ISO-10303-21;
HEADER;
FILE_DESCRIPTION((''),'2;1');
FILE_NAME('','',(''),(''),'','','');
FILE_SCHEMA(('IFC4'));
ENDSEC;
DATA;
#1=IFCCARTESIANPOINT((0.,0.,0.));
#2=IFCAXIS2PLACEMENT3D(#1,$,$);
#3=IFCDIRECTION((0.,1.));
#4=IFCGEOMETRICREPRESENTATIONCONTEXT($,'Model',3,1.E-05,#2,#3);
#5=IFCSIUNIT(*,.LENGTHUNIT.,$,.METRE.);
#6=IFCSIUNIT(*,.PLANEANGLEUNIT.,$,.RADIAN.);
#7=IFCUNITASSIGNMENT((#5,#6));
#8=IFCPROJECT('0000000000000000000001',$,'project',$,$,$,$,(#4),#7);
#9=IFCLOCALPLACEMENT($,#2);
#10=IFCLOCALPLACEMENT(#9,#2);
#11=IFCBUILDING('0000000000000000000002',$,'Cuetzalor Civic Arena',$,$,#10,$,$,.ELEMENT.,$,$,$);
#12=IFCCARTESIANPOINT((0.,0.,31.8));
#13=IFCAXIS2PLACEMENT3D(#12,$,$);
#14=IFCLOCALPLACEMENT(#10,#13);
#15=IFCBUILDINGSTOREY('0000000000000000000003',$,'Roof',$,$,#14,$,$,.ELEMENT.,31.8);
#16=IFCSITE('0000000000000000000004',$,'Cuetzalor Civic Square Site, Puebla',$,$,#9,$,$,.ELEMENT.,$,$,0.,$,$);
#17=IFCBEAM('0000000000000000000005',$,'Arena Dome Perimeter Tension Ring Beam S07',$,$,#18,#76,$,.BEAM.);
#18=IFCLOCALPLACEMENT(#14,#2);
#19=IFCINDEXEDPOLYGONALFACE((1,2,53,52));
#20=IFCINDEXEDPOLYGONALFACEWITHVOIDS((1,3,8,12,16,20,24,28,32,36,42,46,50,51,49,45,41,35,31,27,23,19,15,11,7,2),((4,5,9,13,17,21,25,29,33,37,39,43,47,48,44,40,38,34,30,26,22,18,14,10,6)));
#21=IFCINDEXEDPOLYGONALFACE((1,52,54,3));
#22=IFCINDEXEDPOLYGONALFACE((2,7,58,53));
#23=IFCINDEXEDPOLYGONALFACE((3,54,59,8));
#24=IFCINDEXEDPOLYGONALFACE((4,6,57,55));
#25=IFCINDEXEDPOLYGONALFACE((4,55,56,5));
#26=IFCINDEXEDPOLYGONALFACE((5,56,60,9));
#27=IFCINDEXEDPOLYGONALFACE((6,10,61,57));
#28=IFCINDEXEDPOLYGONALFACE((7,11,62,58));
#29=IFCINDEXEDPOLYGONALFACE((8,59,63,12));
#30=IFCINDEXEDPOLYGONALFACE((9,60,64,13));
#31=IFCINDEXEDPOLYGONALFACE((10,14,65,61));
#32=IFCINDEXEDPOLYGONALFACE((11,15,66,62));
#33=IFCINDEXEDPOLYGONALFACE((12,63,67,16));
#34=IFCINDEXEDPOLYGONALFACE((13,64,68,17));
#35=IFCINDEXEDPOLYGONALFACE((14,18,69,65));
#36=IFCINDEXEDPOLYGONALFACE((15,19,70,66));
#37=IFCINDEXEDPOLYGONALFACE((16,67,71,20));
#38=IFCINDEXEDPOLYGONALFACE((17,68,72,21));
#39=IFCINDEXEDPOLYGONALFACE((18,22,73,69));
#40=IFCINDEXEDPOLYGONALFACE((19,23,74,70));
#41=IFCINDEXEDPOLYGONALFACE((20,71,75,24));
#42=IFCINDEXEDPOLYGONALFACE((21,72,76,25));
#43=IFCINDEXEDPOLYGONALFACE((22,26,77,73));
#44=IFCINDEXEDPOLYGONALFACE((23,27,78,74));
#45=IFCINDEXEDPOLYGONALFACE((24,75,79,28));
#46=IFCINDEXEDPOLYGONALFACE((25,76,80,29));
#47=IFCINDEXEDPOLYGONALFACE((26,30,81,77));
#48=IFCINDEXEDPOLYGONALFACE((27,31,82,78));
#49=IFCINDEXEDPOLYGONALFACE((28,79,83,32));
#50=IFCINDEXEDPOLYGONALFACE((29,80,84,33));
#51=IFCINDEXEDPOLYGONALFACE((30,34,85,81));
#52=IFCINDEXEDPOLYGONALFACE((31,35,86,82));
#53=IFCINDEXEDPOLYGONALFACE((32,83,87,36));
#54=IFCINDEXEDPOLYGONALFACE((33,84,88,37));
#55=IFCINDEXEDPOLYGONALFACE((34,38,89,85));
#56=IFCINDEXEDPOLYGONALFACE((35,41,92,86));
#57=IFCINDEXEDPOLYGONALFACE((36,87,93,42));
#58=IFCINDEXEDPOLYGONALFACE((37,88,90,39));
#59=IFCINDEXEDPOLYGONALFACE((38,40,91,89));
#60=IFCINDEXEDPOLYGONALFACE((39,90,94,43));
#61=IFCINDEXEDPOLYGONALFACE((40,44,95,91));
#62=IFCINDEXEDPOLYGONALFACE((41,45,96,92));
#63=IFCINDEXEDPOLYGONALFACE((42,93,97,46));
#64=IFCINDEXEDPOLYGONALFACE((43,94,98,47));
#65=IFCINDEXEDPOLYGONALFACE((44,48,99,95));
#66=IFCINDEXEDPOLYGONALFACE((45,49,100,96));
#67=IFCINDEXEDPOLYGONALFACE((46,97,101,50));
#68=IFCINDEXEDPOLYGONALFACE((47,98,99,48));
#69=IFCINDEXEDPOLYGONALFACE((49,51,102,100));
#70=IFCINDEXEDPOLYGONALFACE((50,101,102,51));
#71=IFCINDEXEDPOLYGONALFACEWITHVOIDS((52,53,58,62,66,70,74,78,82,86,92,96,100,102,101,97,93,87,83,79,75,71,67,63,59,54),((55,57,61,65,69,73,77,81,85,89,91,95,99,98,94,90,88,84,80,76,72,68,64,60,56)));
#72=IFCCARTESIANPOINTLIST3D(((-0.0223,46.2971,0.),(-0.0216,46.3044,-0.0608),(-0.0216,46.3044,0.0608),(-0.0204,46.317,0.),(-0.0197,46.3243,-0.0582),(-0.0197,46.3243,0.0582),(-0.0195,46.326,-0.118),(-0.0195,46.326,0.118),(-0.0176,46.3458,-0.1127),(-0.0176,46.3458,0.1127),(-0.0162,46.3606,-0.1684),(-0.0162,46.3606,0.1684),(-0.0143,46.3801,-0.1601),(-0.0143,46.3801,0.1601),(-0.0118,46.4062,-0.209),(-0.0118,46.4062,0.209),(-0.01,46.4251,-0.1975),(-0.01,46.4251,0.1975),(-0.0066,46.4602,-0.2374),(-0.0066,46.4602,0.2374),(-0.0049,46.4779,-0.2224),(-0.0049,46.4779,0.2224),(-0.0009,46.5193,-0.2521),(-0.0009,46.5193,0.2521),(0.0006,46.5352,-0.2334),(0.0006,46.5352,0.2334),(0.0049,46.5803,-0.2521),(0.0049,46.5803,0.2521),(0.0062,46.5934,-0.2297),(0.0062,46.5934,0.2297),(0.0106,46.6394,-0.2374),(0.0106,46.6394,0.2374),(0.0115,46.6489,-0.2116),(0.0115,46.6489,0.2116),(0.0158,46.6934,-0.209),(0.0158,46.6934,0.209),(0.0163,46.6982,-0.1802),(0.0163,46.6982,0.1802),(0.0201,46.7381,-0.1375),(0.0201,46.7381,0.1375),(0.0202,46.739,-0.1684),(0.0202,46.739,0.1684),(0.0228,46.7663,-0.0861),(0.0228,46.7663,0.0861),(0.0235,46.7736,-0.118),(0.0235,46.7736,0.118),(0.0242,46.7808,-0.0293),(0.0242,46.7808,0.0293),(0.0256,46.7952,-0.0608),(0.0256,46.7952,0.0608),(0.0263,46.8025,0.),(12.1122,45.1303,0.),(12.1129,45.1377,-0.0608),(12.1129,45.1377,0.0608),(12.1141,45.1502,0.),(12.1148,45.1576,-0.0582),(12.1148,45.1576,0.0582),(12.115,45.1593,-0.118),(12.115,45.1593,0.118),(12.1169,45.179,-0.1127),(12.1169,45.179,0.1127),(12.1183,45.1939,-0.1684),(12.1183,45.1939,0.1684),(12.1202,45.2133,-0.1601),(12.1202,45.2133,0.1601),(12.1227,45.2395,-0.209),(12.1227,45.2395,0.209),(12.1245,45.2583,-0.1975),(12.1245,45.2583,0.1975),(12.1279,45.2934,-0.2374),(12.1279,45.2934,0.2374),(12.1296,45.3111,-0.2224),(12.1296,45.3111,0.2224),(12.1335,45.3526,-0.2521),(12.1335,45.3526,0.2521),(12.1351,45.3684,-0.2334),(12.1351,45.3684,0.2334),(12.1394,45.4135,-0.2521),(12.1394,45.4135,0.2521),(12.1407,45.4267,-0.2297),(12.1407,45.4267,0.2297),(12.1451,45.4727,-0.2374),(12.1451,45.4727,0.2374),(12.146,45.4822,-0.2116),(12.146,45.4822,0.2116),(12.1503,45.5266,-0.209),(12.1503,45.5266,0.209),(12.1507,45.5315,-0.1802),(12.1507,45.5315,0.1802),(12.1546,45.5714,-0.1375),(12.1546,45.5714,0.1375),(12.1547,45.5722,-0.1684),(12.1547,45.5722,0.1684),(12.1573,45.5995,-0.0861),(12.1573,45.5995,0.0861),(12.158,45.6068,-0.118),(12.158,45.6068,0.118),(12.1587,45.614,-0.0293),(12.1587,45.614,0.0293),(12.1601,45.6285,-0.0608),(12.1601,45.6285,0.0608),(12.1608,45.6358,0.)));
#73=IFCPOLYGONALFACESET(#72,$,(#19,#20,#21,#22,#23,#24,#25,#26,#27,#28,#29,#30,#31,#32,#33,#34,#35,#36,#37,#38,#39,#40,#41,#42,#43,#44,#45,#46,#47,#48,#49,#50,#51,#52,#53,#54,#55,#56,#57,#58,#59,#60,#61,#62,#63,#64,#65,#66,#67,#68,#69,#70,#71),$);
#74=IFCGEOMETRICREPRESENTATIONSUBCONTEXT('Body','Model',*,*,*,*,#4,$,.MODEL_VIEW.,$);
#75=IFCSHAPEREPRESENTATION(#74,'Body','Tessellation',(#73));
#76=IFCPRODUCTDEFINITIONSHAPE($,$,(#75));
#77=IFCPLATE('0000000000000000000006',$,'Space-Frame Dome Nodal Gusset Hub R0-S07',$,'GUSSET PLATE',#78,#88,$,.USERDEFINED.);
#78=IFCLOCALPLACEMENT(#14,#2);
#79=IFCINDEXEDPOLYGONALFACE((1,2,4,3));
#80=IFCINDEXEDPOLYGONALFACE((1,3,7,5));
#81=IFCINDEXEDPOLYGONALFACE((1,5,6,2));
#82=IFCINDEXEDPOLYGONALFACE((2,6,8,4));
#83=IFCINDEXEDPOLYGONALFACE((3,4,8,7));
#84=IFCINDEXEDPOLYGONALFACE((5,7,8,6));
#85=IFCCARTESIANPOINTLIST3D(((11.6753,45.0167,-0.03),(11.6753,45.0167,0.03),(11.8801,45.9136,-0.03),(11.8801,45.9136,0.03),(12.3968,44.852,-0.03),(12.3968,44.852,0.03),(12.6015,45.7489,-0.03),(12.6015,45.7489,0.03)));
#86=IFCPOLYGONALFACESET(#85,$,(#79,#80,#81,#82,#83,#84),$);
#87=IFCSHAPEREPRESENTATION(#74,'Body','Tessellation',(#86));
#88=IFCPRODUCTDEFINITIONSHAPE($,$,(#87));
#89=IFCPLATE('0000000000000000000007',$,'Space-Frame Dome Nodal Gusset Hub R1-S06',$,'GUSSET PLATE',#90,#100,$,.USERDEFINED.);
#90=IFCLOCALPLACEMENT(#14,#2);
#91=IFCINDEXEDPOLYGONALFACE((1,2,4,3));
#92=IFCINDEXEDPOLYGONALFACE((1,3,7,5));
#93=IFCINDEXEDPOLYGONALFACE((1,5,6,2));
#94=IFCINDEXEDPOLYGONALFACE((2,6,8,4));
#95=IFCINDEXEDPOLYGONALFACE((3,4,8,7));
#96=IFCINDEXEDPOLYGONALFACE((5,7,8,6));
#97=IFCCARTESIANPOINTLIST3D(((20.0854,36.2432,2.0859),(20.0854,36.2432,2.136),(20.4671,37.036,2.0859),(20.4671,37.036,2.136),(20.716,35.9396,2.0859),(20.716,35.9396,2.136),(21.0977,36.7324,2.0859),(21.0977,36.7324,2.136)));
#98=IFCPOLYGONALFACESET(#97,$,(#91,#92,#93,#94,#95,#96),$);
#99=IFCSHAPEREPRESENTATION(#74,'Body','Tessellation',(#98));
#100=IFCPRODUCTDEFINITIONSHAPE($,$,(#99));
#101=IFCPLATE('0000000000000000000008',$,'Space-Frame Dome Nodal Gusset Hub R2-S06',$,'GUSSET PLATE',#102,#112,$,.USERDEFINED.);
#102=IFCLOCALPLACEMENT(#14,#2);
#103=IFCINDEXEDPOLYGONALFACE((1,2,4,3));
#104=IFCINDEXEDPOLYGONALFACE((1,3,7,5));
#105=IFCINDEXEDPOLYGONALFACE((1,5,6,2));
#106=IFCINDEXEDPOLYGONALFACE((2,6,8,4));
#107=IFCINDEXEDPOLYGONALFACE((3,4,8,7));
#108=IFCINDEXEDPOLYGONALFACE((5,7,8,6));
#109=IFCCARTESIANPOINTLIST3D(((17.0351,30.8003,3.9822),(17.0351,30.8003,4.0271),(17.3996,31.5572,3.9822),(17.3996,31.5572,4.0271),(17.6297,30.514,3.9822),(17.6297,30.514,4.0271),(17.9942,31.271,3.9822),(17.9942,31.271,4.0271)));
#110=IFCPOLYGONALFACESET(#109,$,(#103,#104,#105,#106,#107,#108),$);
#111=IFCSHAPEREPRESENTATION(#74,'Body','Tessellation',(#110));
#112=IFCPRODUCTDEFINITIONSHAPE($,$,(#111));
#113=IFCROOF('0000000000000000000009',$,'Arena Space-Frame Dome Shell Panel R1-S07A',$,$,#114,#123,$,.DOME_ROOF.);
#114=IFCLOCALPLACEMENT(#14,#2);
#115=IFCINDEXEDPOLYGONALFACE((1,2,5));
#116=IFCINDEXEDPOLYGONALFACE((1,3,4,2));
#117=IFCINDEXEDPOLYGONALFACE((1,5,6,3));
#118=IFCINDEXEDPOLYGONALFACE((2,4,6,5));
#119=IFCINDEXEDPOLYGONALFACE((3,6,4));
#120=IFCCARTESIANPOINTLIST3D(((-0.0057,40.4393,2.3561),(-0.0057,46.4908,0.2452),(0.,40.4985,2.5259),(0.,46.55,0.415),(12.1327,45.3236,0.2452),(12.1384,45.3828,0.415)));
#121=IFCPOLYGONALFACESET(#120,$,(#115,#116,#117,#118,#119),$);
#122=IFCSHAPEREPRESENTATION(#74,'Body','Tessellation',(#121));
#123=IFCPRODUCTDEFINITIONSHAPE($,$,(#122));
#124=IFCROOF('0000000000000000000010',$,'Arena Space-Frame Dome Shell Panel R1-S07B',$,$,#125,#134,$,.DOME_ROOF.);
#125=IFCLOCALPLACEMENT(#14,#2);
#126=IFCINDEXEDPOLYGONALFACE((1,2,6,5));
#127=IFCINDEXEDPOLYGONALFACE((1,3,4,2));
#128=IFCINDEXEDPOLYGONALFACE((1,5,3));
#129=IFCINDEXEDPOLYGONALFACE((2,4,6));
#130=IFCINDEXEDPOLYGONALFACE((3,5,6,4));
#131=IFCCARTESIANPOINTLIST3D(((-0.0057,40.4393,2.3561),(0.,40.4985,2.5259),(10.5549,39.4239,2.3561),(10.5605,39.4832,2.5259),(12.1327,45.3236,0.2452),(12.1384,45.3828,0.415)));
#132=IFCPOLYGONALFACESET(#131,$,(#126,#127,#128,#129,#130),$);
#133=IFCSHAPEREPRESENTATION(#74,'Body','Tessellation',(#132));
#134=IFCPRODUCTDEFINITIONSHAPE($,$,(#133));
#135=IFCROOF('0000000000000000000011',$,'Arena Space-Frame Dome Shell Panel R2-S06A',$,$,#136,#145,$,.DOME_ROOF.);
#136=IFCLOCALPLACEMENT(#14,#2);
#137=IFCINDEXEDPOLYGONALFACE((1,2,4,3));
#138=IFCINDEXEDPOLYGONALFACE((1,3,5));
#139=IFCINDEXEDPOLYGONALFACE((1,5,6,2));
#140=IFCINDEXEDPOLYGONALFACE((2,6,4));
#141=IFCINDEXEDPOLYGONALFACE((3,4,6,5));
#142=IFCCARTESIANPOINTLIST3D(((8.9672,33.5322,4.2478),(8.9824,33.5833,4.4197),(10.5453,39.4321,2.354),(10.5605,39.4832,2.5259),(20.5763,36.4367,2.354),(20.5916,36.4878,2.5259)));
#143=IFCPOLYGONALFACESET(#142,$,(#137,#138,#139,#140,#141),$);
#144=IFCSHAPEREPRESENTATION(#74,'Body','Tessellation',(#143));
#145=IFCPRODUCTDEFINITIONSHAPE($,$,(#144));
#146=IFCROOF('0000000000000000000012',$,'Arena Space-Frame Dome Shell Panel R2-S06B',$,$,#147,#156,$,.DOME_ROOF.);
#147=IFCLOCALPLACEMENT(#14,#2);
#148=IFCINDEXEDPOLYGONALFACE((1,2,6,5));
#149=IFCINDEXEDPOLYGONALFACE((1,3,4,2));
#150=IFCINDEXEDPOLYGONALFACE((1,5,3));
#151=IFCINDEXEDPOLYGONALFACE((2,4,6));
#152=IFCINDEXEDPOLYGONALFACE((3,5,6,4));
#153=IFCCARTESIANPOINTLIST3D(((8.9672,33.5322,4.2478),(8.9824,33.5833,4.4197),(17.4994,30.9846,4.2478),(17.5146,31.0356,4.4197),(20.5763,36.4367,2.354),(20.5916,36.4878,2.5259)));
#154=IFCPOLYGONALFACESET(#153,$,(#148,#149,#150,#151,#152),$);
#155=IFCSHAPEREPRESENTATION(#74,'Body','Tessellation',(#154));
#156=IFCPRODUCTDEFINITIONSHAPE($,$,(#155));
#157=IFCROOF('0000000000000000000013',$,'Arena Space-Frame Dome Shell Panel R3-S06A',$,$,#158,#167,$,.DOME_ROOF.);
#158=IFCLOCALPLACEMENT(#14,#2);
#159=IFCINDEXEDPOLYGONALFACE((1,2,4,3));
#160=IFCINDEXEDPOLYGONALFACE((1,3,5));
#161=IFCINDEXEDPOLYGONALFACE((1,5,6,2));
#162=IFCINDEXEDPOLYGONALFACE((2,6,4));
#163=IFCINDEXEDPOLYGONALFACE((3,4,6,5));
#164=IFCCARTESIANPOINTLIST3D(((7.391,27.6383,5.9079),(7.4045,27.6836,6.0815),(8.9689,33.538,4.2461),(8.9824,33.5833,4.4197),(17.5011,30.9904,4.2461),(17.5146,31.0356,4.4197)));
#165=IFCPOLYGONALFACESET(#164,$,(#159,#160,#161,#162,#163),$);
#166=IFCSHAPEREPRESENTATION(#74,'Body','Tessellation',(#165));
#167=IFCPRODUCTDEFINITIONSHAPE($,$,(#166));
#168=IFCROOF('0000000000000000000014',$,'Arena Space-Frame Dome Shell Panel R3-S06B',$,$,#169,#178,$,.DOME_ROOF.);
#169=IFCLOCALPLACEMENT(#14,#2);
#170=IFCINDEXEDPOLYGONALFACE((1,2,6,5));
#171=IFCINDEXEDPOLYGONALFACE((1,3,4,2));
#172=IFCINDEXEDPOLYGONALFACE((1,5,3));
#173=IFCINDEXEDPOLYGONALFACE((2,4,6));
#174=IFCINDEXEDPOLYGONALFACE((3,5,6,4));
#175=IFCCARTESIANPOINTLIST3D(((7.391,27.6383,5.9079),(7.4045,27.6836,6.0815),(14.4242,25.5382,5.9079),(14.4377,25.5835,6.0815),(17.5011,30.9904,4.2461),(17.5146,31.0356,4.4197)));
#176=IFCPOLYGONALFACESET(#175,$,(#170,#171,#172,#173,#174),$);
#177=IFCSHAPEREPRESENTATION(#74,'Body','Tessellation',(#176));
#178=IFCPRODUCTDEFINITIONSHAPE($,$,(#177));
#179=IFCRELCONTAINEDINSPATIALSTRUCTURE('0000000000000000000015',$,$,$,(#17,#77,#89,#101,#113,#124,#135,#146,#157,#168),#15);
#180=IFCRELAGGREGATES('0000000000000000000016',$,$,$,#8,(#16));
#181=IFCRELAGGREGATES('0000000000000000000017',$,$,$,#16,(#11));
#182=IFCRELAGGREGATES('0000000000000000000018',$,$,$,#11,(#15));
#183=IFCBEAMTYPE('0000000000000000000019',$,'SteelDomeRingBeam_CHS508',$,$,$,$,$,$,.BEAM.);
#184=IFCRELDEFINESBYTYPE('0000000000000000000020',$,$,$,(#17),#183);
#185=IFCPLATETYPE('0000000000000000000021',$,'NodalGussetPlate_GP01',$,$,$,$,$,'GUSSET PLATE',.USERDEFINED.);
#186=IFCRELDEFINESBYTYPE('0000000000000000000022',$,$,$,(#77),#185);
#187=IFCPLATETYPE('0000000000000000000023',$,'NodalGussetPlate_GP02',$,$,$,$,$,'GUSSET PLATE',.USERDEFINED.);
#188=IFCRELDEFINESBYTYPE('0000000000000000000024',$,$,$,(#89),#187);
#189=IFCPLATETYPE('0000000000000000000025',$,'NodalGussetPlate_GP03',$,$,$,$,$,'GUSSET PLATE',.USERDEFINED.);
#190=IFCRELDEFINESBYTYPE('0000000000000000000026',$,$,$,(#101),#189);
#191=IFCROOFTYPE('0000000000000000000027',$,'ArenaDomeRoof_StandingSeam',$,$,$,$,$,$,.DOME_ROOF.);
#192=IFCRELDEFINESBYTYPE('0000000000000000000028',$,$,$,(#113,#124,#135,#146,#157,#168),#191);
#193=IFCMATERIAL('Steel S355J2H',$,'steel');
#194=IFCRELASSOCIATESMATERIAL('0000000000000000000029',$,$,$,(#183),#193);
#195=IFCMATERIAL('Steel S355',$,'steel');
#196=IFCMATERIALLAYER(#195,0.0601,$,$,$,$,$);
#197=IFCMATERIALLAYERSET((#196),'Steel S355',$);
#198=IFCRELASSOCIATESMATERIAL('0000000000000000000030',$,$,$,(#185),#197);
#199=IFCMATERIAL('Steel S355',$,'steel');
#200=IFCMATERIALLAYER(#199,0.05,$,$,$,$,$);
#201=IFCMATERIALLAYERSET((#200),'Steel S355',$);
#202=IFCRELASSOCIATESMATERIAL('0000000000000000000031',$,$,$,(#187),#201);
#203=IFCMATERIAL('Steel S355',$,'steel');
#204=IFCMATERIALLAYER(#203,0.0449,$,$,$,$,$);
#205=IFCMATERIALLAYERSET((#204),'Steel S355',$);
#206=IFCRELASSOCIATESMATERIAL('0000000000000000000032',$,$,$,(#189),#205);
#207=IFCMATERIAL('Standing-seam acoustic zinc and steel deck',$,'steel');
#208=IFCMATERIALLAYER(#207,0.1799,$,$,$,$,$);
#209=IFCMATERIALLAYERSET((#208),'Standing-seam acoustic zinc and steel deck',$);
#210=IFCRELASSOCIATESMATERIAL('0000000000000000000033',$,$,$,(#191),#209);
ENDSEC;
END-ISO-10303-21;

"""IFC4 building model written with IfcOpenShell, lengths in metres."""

from ifc_helpers import new_model, si_unit, direction, frame, origin, origin_2d, place, context, subcontext, project, spatial, polyline, rectangle, hollow_circle, outline, extrude, material, layer, layer_set, material_profile, profile_set, type_object, element, save


model = new_model("IFC4")

# Units and contexts
model_context = context("Model", 3, precision=1e-05, world=origin(), true_north=direction((0.0, 1.0)))
body_context = subcontext(model_context, "Body", "Model", "MODEL_VIEW")
ifc_project = project(units=[si_unit("LENGTHUNIT", "METRE"), si_unit("PLANEANGLEUNIT", "RADIAN")], contexts=[model_context])

# Site, building, storey
site_placement = place(None, origin())
site = spatial("IfcSite", under=ifc_project, at=site_placement, Name="Cuetzalor Civic Square Site, Puebla", CompositionType="ELEMENT", RefElevation=0.0)
building_placement = place(site_placement, origin())
building = spatial("IfcBuilding", under=site, at=building_placement, Name="Cuetzalor Civic Arena", CompositionType="ELEMENT")
storey_placement = place(building_placement, frame((0.0, 0.0, 31.8)))
storey = spatial("IfcBuildingStorey", under=building, at=storey_placement, Name="Roof", CompositionType="ELEMENT", Elevation=31.8)

# Beam
ifc_material_1 = material(Name="Steel S355J2H", Category="steel")
ifc_material_profile_1 = material_profile(ifc_material_1, hollow_circle(Radius=0.2539, WallThickness=0.02, at=origin_2d()), Name="CHS 508x20")
ifc_profile_set_1 = profile_set([ifc_material_profile_1], Name="Steel S355J2H")
beam_type = type_object("IfcBeamType", Name="SteelDomeRingBeam_CHS508", PredefinedType="BEAM", material=ifc_profile_set_1)
beam_placement = place(storey_placement, frame((12.1365, 45.3831, 0.0), z_axis=(-0.995409, 0.09571, 0.0), x_axis=(-0.09571, -0.995409, 0.0)))
element("IfcBeam", 1, at=beam_placement, inside=storey, type_object=beam_type, Name="Arena Dome Perimeter Tension Ring Beam S07", PredefinedType="BEAM", context=body_context, shape_type="SweptSolid", body=[
    extrude(hollow_circle(Radius=0.2539, WallThickness=0.02, at=origin_2d()), origin(), (0.0, 0.0, 1.0), 12.1904),
])

# Plates
ifc_material_2 = material(Name="Steel S355", Category="steel")
ifc_layer_1 = layer(ifc_material_2, 0.0601)
ifc_layer_set_1 = layer_set([ifc_layer_1], Name="Steel S355")
plate_type_1 = type_object("IfcPlateType", Name="NodalGussetPlate_GP01", ElementType="GUSSET PLATE", PredefinedType="USERDEFINED", material=ifc_layer_set_1)
plate_1_placement = place(storey_placement, frame((12.1384, 45.3828, -0.03), z_axis=(0.0, 0.0, 1.0), x_axis=(0.22257, 0.974917, 0.0)))
element("IfcPlate", 2, at=plate_1_placement, inside=storey, type_object=plate_type_1, Name="Space-Frame Dome Nodal Gusset Hub R0-S07", ObjectType="GUSSET PLATE", PredefinedType="USERDEFINED", context=body_context, shape_type="SweptSolid", body=[
    extrude(rectangle(XDim=0.9199, YDim=0.74, at=origin_2d()), origin(), (0.0, 0.0, 1.0), 0.0601),
])
ifc_material_3 = material(Name="Steel S355", Category="steel")
ifc_layer_2 = layer(ifc_material_3, 0.05)
ifc_layer_set_2 = layer_set([ifc_layer_2], Name="Steel S355")
plate_type_2 = type_object("IfcPlateType", Name="NodalGussetPlate_GP02", ElementType="GUSSET PLATE", PredefinedType="USERDEFINED", material=ifc_layer_set_2)
plate_2_placement = place(storey_placement, frame((20.5916, 36.4878, 2.0859), z_axis=(0.0, 0.0, 1.0), x_axis=(0.433816, 0.901001, 0.0)))
element("IfcPlate", 3, at=plate_2_placement, inside=storey, type_object=plate_type_2, Name="Space-Frame Dome Nodal Gusset Hub R1-S06", ObjectType="GUSSET PLATE", PredefinedType="USERDEFINED", context=body_context, shape_type="SweptSolid", body=[
    extrude(rectangle(XDim=0.8799, YDim=0.7, at=origin_2d()), origin(), (0.0, 0.0, 1.0), 0.05),
])
ifc_material_4 = material(Name="Steel S355", Category="steel")
ifc_layer_3 = layer(ifc_material_4, 0.0449)
ifc_layer_set_3 = layer_set([ifc_layer_3], Name="Steel S355")
plate_type_3 = type_object("IfcPlateType", Name="NodalGussetPlate_GP03", ElementType="GUSSET PLATE", PredefinedType="USERDEFINED", material=ifc_layer_set_3)
plate_3_placement = place(storey_placement, frame((17.5146, 31.0356, 3.9822), z_axis=(0.0, 0.0, 1.0), x_axis=(0.433816, 0.901001, 0.0)))
element("IfcPlate", 4, at=plate_3_placement, inside=storey, type_object=plate_type_3, Name="Space-Frame Dome Nodal Gusset Hub R2-S06", ObjectType="GUSSET PLATE", PredefinedType="USERDEFINED", context=body_context, shape_type="SweptSolid", body=[
    extrude(rectangle(XDim=0.8401, YDim=0.6599, at=origin_2d()), origin(), (0.0, 0.0, 1.0), 0.0449),
])

# Roofs
ifc_material_5 = material(Name="Standing-seam acoustic zinc and steel deck", Category="steel")
ifc_layer_4 = layer(ifc_material_5, 0.1799)
ifc_layer_set_4 = layer_set([ifc_layer_4], Name="Standing-seam acoustic zinc and steel deck")
roof_type = type_object("IfcRoofType", Name="ArenaDomeRoof_StandingSeam", PredefinedType="DOME_ROOF", material=ifc_layer_set_4)
roof_1_placement = place(storey_placement, frame((12.1384, 45.3828, 0.415), z_axis=(0.031655, 0.329186, 0.943734), x_axis=(-0.995408, 0.095719, 0.0)))
element("IfcRoof", 5, at=roof_1_placement, inside=storey, type_object=roof_type, Name="Arena Space-Frame Dome Shell Panel R1-S07A", PredefinedType="DOME_ROOF", context=body_context, shape_type="SweptSolid", body=[
    extrude(outline(polyline([(0.0, 0.0), (12.1944, 0.0), (11.6152, 6.3829), (0.0, 0.0)])), origin(), (0.0, 0.0, -1.0), 0.1799),
])
roof_2_placement = place(storey_placement, frame((12.1384, 45.3828, 0.415), z_axis=(0.031651, 0.329193, 0.943732), x_axis=(-0.915871, -0.368529, 0.159268)))
element("IfcRoof", 6, at=roof_2_placement, inside=storey, type_object=roof_type, Name="Arena Space-Frame Dome Shell Panel R1-S07B", PredefinedType="DOME_ROOF", context=body_context, shape_type="SweptSolid", body=[
    extrude(outline(polyline([(0.0, 0.0), (13.2534, 0.0), (3.9555, 5.1093), (0.0, 0.0)])), origin(), (0.0, 0.0, -1.0), 0.1799),
])
roof_3_placement = place(storey_placement, frame((20.5916, 36.4878, 2.5259), z_axis=(0.084775, 0.2839, 0.955099), x_axis=(-0.958192, 0.286126, 0.0)))
element("IfcRoof", 7, at=roof_3_placement, inside=storey, type_object=roof_type, Name="Arena Space-Frame Dome Shell Panel R2-S06A", PredefinedType="DOME_ROOF", context=body_context, shape_type="SweptSolid", body=[
    extrude(outline(polyline([(0.0, 0.0), (10.4687, 0.0), (10.2927, 6.3918), (0.0, 0.0)])), origin(), (0.0, 0.0, -1.0), 0.1799),
])
roof_4_placement = place(storey_placement, frame((20.5916, 36.4878, 2.5259), z_axis=(0.084772, 0.283911, 0.955096), x_axis=(-0.958174, -0.23973, 0.156307)))
element("IfcRoof", 8, at=roof_4_placement, inside=storey, type_object=roof_type, Name="Arena Space-Frame Dome Shell Panel R2-S06B", PredefinedType="DOME_ROOF", context=body_context, shape_type="SweptSolid", body=[
    extrude(outline(polyline([(0.0, 0.0), (12.1159, 0.0), (4.5513, 4.6974), (0.0, 0.0)])), origin(), (0.0, 0.0, -1.0), 0.1799),
])
roof_5_placement = place(storey_placement, frame((17.5146, 31.0356, 4.4197), z_axis=(0.075153, 0.251697, 0.964884), x_axis=(-0.958198, 0.286105, 0.0)))
element("IfcRoof", 9, at=roof_5_placement, inside=storey, type_object=roof_type, Name="Arena Space-Frame Dome Shell Panel R3-S06A", PredefinedType="DOME_ROOF", context=body_context, shape_type="SweptSolid", body=[
    extrude(outline(polyline([(0.0, 0.0), (8.9044, 0.0), (8.7284, 6.3266), (0.0, 0.0)])), origin(), (0.0, 0.0, -1.0), 0.1799),
])
roof_6_placement = place(storey_placement, frame((17.5146, 31.0356, 4.4197), z_axis=(0.075155, 0.251692, 0.964885), x_axis=(-0.937842, -0.310946, 0.154159)))
element("IfcRoof", 10, at=roof_6_placement, inside=storey, type_object=roof_type, Name="Arena Space-Frame Dome Shell Panel R3-S06B", PredefinedType="DOME_ROOF", context=body_context, shape_type="SweptSolid", body=[
    extrude(outline(polyline([(0.0, 0.0), (10.7802, 0.0), (4.8372, 4.3078), (0.0, 0.0)])), origin(), (0.0, 0.0, -1.0), 0.1799),
])

save(model, "model.ifc")
